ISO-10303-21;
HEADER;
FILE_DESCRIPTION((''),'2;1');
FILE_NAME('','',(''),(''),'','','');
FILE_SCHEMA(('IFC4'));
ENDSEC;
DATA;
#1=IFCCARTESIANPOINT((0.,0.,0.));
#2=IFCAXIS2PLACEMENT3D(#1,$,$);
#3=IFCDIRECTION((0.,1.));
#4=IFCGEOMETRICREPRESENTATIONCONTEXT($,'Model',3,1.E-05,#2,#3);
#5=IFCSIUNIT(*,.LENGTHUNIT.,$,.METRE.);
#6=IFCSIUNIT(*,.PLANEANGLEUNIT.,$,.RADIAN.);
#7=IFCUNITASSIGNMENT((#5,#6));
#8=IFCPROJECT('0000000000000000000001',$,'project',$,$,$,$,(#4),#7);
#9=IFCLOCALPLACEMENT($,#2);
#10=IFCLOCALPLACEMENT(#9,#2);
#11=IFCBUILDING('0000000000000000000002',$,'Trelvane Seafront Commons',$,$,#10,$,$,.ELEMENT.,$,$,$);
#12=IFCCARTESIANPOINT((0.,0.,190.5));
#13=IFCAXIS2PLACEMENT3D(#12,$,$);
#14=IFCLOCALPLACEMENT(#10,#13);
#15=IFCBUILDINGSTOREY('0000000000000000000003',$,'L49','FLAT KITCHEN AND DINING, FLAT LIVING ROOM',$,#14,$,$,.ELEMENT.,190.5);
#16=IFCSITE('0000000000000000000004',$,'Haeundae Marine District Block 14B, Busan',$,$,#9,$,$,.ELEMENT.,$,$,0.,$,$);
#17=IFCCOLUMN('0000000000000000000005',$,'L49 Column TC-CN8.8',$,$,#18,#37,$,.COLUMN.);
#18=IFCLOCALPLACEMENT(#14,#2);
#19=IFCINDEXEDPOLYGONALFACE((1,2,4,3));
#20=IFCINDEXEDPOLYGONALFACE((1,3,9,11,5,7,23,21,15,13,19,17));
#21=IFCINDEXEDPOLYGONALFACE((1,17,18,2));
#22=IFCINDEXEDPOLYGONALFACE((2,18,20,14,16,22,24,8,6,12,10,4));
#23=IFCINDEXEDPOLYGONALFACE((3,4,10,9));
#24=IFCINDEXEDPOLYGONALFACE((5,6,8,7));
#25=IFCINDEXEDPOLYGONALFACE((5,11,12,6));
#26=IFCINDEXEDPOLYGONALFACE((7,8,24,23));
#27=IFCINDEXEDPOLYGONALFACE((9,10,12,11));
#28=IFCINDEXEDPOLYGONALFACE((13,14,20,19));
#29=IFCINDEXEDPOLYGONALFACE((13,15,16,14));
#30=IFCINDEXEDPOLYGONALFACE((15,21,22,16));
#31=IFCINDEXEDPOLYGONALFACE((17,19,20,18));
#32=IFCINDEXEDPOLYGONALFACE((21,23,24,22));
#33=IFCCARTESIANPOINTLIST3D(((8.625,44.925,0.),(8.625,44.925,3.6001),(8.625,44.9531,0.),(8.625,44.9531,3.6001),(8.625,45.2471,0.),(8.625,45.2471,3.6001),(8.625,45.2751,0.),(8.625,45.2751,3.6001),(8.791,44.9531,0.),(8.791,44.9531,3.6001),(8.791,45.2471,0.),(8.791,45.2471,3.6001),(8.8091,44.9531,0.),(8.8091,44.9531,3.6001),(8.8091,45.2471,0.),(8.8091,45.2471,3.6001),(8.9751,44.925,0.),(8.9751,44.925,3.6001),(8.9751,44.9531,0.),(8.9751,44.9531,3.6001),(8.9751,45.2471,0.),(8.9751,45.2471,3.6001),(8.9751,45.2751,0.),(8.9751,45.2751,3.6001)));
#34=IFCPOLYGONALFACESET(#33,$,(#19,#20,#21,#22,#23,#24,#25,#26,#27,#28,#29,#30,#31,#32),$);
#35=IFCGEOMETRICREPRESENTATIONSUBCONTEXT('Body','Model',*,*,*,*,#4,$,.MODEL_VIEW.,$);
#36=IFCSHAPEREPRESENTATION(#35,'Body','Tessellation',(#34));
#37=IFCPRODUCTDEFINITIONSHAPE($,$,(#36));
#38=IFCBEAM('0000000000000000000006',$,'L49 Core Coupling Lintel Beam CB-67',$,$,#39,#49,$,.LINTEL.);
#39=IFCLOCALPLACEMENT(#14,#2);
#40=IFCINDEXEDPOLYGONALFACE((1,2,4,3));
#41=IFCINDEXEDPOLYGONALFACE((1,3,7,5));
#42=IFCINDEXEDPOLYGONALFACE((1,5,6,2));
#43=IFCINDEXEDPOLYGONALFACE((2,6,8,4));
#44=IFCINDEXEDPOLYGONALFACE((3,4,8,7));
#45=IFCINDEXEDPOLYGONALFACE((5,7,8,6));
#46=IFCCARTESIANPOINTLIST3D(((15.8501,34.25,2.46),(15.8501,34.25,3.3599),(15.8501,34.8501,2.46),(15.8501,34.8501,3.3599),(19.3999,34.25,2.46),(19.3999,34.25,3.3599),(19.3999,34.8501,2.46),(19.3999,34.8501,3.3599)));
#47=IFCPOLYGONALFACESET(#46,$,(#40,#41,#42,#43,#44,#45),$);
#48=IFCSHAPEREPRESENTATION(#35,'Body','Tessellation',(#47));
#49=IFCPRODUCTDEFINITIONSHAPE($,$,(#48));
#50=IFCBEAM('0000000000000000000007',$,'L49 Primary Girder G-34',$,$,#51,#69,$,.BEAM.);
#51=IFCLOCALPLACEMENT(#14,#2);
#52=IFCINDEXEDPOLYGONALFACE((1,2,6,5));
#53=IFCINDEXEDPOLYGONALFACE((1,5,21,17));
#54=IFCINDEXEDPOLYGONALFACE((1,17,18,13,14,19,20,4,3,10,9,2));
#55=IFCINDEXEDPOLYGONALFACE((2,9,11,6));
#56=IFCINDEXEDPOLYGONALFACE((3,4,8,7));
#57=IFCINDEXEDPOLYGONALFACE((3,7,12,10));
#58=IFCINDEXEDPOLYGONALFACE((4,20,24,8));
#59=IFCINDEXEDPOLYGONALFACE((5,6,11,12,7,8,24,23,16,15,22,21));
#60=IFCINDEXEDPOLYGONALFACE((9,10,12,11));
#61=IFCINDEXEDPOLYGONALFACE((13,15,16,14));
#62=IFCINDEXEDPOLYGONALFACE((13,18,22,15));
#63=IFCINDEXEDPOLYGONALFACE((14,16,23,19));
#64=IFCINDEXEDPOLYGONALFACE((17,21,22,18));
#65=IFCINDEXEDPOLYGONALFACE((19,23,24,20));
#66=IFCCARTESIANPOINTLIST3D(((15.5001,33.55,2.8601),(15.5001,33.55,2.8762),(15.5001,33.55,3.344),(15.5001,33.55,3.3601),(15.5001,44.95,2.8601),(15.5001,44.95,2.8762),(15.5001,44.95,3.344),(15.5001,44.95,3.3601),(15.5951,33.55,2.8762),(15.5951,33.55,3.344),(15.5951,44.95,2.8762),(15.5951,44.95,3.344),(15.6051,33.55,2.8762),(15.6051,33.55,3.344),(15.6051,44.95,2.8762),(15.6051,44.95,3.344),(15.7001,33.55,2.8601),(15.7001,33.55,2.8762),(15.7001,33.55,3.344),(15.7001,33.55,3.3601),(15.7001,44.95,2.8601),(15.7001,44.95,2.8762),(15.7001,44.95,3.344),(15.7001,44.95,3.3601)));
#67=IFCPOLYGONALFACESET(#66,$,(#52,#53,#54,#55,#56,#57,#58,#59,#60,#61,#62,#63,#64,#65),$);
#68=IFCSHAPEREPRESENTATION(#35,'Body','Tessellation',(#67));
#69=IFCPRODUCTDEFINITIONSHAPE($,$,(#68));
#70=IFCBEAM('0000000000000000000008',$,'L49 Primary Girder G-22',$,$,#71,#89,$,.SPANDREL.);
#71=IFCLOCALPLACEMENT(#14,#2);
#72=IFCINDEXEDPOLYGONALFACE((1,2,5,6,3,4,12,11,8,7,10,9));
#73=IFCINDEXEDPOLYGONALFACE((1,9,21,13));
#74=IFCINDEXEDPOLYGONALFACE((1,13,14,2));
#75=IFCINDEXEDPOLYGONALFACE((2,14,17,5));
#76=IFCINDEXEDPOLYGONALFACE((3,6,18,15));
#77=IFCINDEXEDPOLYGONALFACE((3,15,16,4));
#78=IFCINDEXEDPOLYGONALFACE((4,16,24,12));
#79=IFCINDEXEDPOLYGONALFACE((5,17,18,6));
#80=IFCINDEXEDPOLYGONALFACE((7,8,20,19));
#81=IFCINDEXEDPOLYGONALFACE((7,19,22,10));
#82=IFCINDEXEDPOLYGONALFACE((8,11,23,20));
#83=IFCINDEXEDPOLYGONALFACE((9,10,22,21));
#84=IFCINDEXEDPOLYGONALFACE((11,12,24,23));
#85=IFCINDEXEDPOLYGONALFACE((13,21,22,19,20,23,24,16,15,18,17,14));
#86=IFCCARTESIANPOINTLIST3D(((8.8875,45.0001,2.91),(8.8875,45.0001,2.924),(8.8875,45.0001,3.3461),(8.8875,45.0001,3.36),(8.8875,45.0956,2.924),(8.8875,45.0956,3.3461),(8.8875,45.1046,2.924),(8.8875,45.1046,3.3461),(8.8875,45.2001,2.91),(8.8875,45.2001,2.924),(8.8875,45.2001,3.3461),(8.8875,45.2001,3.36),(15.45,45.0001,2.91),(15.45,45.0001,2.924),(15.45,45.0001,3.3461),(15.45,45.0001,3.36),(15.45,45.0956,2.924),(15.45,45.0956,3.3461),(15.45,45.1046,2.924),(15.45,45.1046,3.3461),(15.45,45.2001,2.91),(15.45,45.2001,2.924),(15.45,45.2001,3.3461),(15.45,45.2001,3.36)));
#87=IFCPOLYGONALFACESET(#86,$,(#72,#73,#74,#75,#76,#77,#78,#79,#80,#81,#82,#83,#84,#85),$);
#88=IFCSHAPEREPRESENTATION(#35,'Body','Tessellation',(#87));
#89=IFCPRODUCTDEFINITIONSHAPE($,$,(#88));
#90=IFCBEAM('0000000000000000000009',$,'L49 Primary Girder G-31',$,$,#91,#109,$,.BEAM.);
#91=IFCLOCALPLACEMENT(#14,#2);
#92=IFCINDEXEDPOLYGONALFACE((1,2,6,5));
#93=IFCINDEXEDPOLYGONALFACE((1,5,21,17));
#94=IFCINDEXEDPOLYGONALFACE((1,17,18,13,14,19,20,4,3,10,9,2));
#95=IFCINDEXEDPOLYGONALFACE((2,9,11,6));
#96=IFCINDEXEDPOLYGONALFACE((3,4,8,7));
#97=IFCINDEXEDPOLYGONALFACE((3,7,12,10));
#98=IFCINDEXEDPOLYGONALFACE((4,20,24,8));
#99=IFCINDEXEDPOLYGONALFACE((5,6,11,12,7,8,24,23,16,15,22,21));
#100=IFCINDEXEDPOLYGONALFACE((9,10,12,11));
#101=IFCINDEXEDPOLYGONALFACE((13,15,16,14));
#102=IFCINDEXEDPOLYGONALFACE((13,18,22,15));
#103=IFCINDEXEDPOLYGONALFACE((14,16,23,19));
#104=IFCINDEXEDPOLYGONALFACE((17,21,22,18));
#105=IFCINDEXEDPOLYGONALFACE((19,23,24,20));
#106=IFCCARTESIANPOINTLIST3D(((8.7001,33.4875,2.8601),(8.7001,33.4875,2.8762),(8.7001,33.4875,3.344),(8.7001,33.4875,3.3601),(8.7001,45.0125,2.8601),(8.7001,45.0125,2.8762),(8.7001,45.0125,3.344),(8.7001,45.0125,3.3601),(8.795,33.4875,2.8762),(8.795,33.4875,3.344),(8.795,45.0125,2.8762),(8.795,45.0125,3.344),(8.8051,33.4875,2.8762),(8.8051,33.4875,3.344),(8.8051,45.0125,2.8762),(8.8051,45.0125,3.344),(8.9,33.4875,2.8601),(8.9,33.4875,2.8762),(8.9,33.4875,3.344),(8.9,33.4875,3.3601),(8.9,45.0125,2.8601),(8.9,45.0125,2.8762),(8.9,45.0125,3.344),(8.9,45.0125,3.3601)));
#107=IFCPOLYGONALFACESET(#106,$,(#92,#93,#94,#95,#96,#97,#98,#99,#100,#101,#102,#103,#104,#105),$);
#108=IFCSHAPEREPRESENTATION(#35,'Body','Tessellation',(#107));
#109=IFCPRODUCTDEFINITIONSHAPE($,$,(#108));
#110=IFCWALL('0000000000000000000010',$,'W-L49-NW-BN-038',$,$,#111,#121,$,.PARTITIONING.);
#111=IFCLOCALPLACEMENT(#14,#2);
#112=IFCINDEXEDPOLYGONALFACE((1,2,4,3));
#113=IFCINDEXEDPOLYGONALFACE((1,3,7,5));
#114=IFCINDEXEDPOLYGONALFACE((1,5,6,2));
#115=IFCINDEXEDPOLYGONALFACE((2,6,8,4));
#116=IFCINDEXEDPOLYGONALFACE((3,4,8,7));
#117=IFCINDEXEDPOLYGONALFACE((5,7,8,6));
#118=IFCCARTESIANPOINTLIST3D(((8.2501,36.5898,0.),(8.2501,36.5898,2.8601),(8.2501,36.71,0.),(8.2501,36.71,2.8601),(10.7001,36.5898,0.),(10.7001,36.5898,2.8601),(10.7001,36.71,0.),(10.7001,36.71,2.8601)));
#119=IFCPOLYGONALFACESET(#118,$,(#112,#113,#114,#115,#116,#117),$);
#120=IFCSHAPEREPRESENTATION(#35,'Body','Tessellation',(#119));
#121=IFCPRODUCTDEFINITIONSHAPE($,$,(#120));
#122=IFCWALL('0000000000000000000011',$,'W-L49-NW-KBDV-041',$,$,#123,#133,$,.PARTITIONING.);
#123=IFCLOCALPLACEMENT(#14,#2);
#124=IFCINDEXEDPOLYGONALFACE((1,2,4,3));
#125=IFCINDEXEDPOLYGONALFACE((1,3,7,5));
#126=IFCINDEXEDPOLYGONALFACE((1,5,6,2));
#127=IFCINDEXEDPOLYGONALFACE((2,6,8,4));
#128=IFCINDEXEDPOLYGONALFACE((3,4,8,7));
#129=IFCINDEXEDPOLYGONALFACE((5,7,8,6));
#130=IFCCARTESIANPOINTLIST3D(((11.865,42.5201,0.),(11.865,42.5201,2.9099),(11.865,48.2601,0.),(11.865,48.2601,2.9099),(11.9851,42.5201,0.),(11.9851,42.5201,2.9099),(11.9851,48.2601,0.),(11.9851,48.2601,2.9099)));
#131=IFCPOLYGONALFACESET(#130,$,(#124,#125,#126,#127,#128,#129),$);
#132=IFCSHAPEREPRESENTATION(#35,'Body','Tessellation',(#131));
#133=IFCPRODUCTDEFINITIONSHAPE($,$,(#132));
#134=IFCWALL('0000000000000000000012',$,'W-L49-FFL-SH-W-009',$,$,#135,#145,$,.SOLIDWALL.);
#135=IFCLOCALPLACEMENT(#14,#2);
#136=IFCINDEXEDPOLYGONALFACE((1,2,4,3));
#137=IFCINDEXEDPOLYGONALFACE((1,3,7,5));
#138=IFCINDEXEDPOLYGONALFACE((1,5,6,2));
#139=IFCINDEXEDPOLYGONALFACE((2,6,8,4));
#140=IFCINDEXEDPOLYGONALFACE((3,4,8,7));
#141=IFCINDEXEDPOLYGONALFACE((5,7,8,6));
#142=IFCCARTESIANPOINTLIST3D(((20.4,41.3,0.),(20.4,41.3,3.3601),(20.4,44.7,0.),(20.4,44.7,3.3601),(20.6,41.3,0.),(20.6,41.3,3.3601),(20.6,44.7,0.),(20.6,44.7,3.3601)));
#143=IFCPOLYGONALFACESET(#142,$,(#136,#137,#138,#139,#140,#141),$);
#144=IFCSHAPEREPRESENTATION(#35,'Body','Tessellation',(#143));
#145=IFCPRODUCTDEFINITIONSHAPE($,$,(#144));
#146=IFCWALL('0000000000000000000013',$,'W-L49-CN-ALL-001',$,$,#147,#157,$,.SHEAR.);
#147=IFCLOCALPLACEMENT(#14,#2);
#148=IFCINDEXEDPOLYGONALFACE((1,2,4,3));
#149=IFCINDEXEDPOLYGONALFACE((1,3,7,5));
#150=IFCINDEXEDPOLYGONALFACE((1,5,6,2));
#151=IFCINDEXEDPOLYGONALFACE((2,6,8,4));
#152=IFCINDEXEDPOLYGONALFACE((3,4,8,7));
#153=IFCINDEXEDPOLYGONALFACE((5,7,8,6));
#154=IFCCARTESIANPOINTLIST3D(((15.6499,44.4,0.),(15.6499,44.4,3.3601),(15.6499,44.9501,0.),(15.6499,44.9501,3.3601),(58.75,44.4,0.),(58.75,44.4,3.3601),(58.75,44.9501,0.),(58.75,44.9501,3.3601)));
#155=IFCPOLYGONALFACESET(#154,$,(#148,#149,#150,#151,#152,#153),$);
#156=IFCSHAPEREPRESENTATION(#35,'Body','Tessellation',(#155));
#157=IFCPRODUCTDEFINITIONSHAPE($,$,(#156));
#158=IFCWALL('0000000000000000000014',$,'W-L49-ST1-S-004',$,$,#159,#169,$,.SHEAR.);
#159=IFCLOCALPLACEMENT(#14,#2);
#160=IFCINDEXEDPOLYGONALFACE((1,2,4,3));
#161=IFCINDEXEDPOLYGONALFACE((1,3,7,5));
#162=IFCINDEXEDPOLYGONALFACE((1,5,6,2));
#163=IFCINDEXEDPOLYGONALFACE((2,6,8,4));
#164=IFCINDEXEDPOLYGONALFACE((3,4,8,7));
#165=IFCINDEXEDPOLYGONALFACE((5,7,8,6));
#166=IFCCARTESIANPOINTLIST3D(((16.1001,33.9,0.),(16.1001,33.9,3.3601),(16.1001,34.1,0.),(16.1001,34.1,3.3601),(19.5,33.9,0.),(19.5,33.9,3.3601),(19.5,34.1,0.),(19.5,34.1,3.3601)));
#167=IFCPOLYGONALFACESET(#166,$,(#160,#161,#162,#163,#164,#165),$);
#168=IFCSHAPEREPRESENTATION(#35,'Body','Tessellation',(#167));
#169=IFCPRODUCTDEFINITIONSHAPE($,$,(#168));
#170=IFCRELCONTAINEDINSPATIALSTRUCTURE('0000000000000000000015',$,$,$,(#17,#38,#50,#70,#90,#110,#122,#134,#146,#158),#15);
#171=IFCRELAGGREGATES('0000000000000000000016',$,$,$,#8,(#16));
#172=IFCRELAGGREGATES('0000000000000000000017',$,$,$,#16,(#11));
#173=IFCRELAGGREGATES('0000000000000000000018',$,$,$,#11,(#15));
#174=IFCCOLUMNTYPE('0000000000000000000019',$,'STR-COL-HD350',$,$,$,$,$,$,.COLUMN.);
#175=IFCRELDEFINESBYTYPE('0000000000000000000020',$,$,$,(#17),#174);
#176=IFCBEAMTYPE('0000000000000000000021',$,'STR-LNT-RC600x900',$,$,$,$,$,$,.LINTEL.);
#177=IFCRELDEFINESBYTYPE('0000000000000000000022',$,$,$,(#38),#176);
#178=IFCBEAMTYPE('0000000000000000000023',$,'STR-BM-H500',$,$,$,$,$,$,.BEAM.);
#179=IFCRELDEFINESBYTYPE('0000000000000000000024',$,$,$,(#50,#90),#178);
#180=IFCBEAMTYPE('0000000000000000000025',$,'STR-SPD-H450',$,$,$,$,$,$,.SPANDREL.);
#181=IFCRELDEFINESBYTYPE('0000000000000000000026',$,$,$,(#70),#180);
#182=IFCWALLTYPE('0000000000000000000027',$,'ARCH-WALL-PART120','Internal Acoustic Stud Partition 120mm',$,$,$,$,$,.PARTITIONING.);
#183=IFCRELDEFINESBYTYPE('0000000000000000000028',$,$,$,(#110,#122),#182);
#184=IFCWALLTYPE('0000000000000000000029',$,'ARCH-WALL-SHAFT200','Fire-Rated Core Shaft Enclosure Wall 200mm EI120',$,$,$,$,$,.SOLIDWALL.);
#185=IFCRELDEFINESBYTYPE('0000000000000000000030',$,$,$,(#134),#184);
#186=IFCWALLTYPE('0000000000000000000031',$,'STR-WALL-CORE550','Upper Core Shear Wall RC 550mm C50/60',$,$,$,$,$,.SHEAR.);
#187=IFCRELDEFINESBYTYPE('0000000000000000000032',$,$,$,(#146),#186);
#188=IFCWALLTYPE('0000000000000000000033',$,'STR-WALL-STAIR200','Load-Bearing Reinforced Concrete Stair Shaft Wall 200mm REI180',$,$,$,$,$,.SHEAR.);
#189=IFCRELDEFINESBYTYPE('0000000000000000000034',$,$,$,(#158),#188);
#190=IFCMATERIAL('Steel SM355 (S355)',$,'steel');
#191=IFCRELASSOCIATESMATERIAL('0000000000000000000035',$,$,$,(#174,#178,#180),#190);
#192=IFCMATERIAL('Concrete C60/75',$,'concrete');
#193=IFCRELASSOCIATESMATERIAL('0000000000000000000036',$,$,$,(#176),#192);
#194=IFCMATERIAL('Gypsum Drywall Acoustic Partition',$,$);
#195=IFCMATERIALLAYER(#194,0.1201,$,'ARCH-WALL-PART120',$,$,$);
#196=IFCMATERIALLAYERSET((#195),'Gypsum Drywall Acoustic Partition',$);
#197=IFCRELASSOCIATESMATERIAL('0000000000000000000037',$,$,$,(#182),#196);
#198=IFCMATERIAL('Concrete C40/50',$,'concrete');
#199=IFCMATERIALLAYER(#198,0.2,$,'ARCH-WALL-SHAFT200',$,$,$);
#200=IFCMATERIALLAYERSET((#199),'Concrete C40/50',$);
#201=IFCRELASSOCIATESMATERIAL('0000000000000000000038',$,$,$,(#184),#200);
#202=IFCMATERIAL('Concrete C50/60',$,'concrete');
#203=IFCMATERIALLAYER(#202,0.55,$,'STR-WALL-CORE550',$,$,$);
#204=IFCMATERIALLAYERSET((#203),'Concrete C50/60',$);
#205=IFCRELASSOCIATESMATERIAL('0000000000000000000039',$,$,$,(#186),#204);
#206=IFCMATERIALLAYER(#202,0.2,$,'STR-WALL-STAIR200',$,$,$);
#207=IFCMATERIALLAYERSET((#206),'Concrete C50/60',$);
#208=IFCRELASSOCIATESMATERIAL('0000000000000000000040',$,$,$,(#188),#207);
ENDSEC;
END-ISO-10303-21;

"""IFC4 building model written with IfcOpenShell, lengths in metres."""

from ifc_helpers import new_model, si_unit, direction, frame, frame_2d, origin, origin_2d, place, context, subcontext, project, spatial, rectangle, i_section, extrude, source, transform, mapped, material, layer, layer_set, material_profile, profile_set, type_object, element, save


model = new_model("IFC4")

# Units and contexts
model_context = context("Model", 3, precision=1e-05, world=origin(), true_north=direction((0.0, 1.0)))
body_context = subcontext(model_context, "Body", "Model", "MODEL_VIEW")
ifc_project = project(units=[si_unit("LENGTHUNIT", "METRE"), si_unit("PLANEANGLEUNIT", "RADIAN")], contexts=[model_context])

# Site, building, storey
site_placement = place(None, origin())
site = spatial("IfcSite", under=ifc_project, at=site_placement, Name="Haeundae Marine District Block 14B, Busan", CompositionType="ELEMENT", RefElevation=0.0)
building_placement = place(site_placement, origin())
building = spatial("IfcBuilding", under=site, at=building_placement, Name="Trelvane Seafront Commons", CompositionType="ELEMENT")
storey_placement = place(building_placement, frame((0.0, 0.0, 190.5)))
storey = spatial("IfcBuildingStorey", under=building, at=storey_placement, Name="L49", Description="FLAT KITCHEN AND DINING, FLAT LIVING ROOM", CompositionType="ELEMENT", Elevation=190.5)

# Column
ifc_material_1 = material(Name="Steel SM355 (S355)", Category="steel")
ifc_material_profile_1 = material_profile(ifc_material_1, i_section(OverallWidth=0.3501, OverallDepth=0.3501, WebThickness=0.0181, FlangeThickness=0.0281, at=origin_2d()), Name="HD-350x350x18x28")
ifc_profile_set_1 = profile_set([ifc_material_profile_1], Name="Steel SM355 (S355)")
column_type = type_object("IfcColumnType", Name="STR-COL-HD350", PredefinedType="COLUMN", material=ifc_profile_set_1)
shared_shape_1 = source(origin(), body_context, "Body", "SweptSolid", [
    extrude(i_section(OverallWidth=0.3501, OverallDepth=0.3501, WebThickness=0.0181, FlangeThickness=0.0281, at=origin_2d()), origin(), (0.0, 0.0, 1.0), 3.6001),
])
column_placement = place(storey_placement, frame((8.8, 45.1001, 0.0), z_axis=(0.0, 0.0, 1.0), x_axis=(1.0, 0.0, 0.0)))
element("IfcColumn", 1, at=column_placement, inside=storey, type_object=column_type, Name="L49 Column TC-CN8.8", PredefinedType="COLUMN", context=body_context, shape_type="MappedRepresentation", body=[
    mapped(shared_shape_1, transform((0.0, 0.0, 0.0), x_axis=(1.0, 0.0, 0.0), y_axis=(0.0, 1.0, 0.0), z_axis=(0.0, 0.0, 1.0), scale=1.0)),
])

# Beams
ifc_material_2 = material(Name="Concrete C60/75", Category="concrete")
ifc_material_profile_2 = material_profile(ifc_material_2, rectangle(XDim=0.6001, YDim=0.8999, at=origin_2d()), Name="RC-600x900")
ifc_profile_set_2 = profile_set([ifc_material_profile_2], Name="Concrete C60/75")
beam_type_1 = type_object("IfcBeamType", Name="STR-LNT-RC600x900", PredefinedType="LINTEL", material=ifc_profile_set_2)
shared_shape_2 = source(origin(), body_context, "Body", "SweptSolid", [
    extrude(rectangle(XDim=0.6001, YDim=0.8999, at=origin_2d()), origin(), (0.0, 0.0, 1.0), 3.5498),
])
beam_1_placement = place(storey_placement, frame((15.8501, 34.55, 2.9099), z_axis=(1.0, 0.0, 0.0), x_axis=(0.0, 1.0, 0.0)))
element("IfcBeam", 2, at=beam_1_placement, inside=storey, type_object=beam_type_1, Name="L49 Core Coupling Lintel Beam CB-67", PredefinedType="LINTEL", context=body_context, shape_type="MappedRepresentation", body=[
    mapped(shared_shape_2, transform((0.0, 0.0, 0.0), x_axis=(1.0, 0.0, 0.0), y_axis=(0.0, 1.0, 0.0), z_axis=(0.0, 0.0, 1.0), scale=1.0)),
])
ifc_material_profile_3 = material_profile(ifc_material_1, i_section(OverallWidth=0.2, OverallDepth=0.5, WebThickness=0.01, FlangeThickness=0.0161, at=origin_2d()), Name="H-500x200x10x16")
ifc_profile_set_3 = profile_set([ifc_material_profile_3], Name="Steel SM355 (S355)")
beam_type_2 = type_object("IfcBeamType", Name="STR-BM-H500", PredefinedType="BEAM", material=ifc_profile_set_3)
shared_shape_3 = source(origin(), body_context, "Body", "SweptSolid", [
    extrude(i_section(OverallWidth=0.2, OverallDepth=0.5, WebThickness=0.01, FlangeThickness=0.0161, at=origin_2d()), origin(), (0.0, 0.0, 1.0), 11.3999),
])
beam_2_placement = place(storey_placement, frame((15.6001, 33.55, 3.1101), z_axis=(0.0, 1.0, 0.0), x_axis=(-1.0, 0.0, 0.0)))
element("IfcBeam", 3, at=beam_2_placement, inside=storey, type_object=beam_type_2, Name="L49 Primary Girder G-34", PredefinedType="BEAM", context=body_context, shape_type="MappedRepresentation", body=[
    mapped(shared_shape_3, transform((0.0, 0.0, 0.0), x_axis=(1.0, 0.0, 0.0), y_axis=(0.0, 1.0, 0.0), z_axis=(0.0, 0.0, 1.0), scale=1.0)),
])
ifc_material_profile_4 = material_profile(ifc_material_1, i_section(OverallWidth=0.2, OverallDepth=0.45, WebThickness=0.009, FlangeThickness=0.0139, at=origin_2d()), Name="H-450x200x9x14")
ifc_profile_set_4 = profile_set([ifc_material_profile_4], Name="Steel SM355 (S355)")
beam_type_3 = type_object("IfcBeamType", Name="STR-SPD-H450", PredefinedType="SPANDREL", material=ifc_profile_set_4)
shared_shape_4 = source(origin(), body_context, "Body", "SweptSolid", [
    extrude(i_section(OverallWidth=0.2, OverallDepth=0.45, WebThickness=0.009, FlangeThickness=0.0139, at=origin_2d()), origin(), (0.0, 0.0, 1.0), 6.5625),
])
beam_3_placement = place(storey_placement, frame((8.8875, 45.1001, 3.135), z_axis=(1.0, 0.0, 0.0), x_axis=(0.0, 1.0, 0.0)))
element("IfcBeam", 4, at=beam_3_placement, inside=storey, type_object=beam_type_3, Name="L49 Primary Girder G-22", PredefinedType="SPANDREL", context=body_context, shape_type="MappedRepresentation", body=[
    mapped(shared_shape_4, transform((0.0, 0.0, 0.0), x_axis=(1.0, 0.0, 0.0), y_axis=(0.0, 1.0, 0.0), z_axis=(0.0, 0.0, 1.0), scale=1.0)),
])
shared_shape_5 = source(origin(), body_context, "Body", "SweptSolid", [
    extrude(i_section(OverallWidth=0.2, OverallDepth=0.5, WebThickness=0.01, FlangeThickness=0.0161, at=origin_2d()), origin(), (0.0, 0.0, 1.0), 11.5249),
])
beam_4_placement = place(storey_placement, frame((8.8, 33.4875, 3.1101), z_axis=(0.0, 1.0, 0.0), x_axis=(-1.0, 0.0, 0.0)))
element("IfcBeam", 5, at=beam_4_placement, inside=storey, type_object=beam_type_2, Name="L49 Primary Girder G-31", PredefinedType="BEAM", context=body_context, shape_type="MappedRepresentation", body=[
    mapped(shared_shape_5, transform((0.0, 0.0, 0.0), x_axis=(1.0, 0.0, 0.0), y_axis=(0.0, 1.0, 0.0), z_axis=(0.0, 0.0, 1.0), scale=1.0)),
])

# Wall
ifc_material_3 = material(Name="Gypsum Drywall Acoustic Partition")
ifc_layer_1 = layer(ifc_material_3, 0.1201, Name="ARCH-WALL-PART120")
ifc_layer_set_1 = layer_set([ifc_layer_1], Name="Gypsum Drywall Acoustic Partition")
wall_type_1 = type_object("IfcWallType", Name="ARCH-WALL-PART120", Description="Internal Acoustic Stud Partition 120mm", PredefinedType="PARTITIONING", material=ifc_layer_set_1)
wall_1_placement = place(storey_placement, frame((8.25, 36.6499, 0.0), z_axis=(0.0, 0.0, 1.0), x_axis=(1.0, 0.0, 0.0)))
element("IfcWall", 6, at=wall_1_placement, inside=storey, type_object=wall_type_1, Name="W-L49-NW-BN-038", PredefinedType="PARTITIONING", context=body_context, shape_type="SweptSolid", body=[
    extrude(rectangle(XDim=2.45, YDim=0.1201, at=frame_2d((1.2251, 0.0))), origin(), (0.0, 0.0, 1.0), 2.8601),
])

# Wall
wall_2_placement = place(storey_placement, frame((11.925, 42.52, 0.0), z_axis=(0.0, 0.0, 1.0), x_axis=(0.0, 1.0, 0.0)))
element("IfcWall", 7, at=wall_2_placement, inside=storey, type_object=wall_type_1, Name="W-L49-NW-KBDV-041", PredefinedType="PARTITIONING", context=body_context, shape_type="SweptSolid", body=[
    extrude(rectangle(XDim=5.74, YDim=0.1201, at=frame_2d((2.8701, 0.0))), origin(), (0.0, 0.0, 1.0), 2.9099),
])

# Shared definitions
ifc_material_4 = material(Name="Concrete C40/50", Category="concrete")
ifc_layer_2 = layer(ifc_material_4, 0.2, Name="ARCH-WALL-SHAFT200")
ifc_layer_set_2 = layer_set([ifc_layer_2], Name="Concrete C40/50")
wall_type_2 = type_object("IfcWallType", Name="ARCH-WALL-SHAFT200", Description="Fire-Rated Core Shaft Enclosure Wall 200mm EI120", PredefinedType="SOLIDWALL", material=ifc_layer_set_2)

# Walls
wall_3_placement = place(storey_placement, frame((20.5, 41.3, 0.0), z_axis=(0.0, 0.0, 1.0), x_axis=(0.0, 1.0, 0.0)))
element("IfcWall", 8, at=wall_3_placement, inside=storey, type_object=wall_type_2, Name="W-L49-FFL-SH-W-009", PredefinedType="SOLIDWALL", context=body_context, shape_type="SweptSolid", body=[
    extrude(rectangle(XDim=3.3999, YDim=0.2, at=frame_2d((1.7, 0.0))), origin(), (0.0, 0.0, 1.0), 3.3601),
])
ifc_material_5 = material(Name="Concrete C50/60", Category="concrete")
ifc_layer_3 = layer(ifc_material_5, 0.55, Name="STR-WALL-CORE550")
ifc_layer_set_3 = layer_set([ifc_layer_3], Name="Concrete C50/60")
wall_type_3 = type_object("IfcWallType", Name="STR-WALL-CORE550", Description="Upper Core Shear Wall RC 550mm C50/60", PredefinedType="SHEAR", material=ifc_layer_set_3)
wall_4_placement = place(storey_placement, frame((15.6499, 44.675, 0.0), z_axis=(0.0, 0.0, 1.0), x_axis=(1.0, 0.0, 0.0)))
element("IfcWall", 9, at=wall_4_placement, inside=storey, type_object=wall_type_3, Name="W-L49-CN-ALL-001", PredefinedType="SHEAR", context=body_context, shape_type="SweptSolid", body=[
    extrude(rectangle(XDim=43.1001, YDim=0.55, at=frame_2d((21.55, 0.0))), origin(), (0.0, 0.0, 1.0), 3.3601),
])
ifc_layer_4 = layer(ifc_material_5, 0.2, Name="STR-WALL-STAIR200")
ifc_layer_set_4 = layer_set([ifc_layer_4], Name="Concrete C50/60")
wall_type_4 = type_object("IfcWallType", Name="STR-WALL-STAIR200", Description="Load-Bearing Reinforced Concrete Stair Shaft Wall 200mm REI180", PredefinedType="SHEAR", material=ifc_layer_set_4)
wall_5_placement = place(storey_placement, frame((16.1001, 34.0, 0.0), z_axis=(0.0, 0.0, 1.0), x_axis=(1.0, 0.0, 0.0)))
element("IfcWall", 10, at=wall_5_placement, inside=storey, type_object=wall_type_4, Name="W-L49-ST1-S-004", PredefinedType="SHEAR", context=body_context, shape_type="SweptSolid", body=[
    extrude(rectangle(XDim=3.3999, YDim=0.2, at=frame_2d((1.7, 0.0))), origin(), (0.0, 0.0, 1.0), 3.3601),
])

save(model, "model.ifc")
